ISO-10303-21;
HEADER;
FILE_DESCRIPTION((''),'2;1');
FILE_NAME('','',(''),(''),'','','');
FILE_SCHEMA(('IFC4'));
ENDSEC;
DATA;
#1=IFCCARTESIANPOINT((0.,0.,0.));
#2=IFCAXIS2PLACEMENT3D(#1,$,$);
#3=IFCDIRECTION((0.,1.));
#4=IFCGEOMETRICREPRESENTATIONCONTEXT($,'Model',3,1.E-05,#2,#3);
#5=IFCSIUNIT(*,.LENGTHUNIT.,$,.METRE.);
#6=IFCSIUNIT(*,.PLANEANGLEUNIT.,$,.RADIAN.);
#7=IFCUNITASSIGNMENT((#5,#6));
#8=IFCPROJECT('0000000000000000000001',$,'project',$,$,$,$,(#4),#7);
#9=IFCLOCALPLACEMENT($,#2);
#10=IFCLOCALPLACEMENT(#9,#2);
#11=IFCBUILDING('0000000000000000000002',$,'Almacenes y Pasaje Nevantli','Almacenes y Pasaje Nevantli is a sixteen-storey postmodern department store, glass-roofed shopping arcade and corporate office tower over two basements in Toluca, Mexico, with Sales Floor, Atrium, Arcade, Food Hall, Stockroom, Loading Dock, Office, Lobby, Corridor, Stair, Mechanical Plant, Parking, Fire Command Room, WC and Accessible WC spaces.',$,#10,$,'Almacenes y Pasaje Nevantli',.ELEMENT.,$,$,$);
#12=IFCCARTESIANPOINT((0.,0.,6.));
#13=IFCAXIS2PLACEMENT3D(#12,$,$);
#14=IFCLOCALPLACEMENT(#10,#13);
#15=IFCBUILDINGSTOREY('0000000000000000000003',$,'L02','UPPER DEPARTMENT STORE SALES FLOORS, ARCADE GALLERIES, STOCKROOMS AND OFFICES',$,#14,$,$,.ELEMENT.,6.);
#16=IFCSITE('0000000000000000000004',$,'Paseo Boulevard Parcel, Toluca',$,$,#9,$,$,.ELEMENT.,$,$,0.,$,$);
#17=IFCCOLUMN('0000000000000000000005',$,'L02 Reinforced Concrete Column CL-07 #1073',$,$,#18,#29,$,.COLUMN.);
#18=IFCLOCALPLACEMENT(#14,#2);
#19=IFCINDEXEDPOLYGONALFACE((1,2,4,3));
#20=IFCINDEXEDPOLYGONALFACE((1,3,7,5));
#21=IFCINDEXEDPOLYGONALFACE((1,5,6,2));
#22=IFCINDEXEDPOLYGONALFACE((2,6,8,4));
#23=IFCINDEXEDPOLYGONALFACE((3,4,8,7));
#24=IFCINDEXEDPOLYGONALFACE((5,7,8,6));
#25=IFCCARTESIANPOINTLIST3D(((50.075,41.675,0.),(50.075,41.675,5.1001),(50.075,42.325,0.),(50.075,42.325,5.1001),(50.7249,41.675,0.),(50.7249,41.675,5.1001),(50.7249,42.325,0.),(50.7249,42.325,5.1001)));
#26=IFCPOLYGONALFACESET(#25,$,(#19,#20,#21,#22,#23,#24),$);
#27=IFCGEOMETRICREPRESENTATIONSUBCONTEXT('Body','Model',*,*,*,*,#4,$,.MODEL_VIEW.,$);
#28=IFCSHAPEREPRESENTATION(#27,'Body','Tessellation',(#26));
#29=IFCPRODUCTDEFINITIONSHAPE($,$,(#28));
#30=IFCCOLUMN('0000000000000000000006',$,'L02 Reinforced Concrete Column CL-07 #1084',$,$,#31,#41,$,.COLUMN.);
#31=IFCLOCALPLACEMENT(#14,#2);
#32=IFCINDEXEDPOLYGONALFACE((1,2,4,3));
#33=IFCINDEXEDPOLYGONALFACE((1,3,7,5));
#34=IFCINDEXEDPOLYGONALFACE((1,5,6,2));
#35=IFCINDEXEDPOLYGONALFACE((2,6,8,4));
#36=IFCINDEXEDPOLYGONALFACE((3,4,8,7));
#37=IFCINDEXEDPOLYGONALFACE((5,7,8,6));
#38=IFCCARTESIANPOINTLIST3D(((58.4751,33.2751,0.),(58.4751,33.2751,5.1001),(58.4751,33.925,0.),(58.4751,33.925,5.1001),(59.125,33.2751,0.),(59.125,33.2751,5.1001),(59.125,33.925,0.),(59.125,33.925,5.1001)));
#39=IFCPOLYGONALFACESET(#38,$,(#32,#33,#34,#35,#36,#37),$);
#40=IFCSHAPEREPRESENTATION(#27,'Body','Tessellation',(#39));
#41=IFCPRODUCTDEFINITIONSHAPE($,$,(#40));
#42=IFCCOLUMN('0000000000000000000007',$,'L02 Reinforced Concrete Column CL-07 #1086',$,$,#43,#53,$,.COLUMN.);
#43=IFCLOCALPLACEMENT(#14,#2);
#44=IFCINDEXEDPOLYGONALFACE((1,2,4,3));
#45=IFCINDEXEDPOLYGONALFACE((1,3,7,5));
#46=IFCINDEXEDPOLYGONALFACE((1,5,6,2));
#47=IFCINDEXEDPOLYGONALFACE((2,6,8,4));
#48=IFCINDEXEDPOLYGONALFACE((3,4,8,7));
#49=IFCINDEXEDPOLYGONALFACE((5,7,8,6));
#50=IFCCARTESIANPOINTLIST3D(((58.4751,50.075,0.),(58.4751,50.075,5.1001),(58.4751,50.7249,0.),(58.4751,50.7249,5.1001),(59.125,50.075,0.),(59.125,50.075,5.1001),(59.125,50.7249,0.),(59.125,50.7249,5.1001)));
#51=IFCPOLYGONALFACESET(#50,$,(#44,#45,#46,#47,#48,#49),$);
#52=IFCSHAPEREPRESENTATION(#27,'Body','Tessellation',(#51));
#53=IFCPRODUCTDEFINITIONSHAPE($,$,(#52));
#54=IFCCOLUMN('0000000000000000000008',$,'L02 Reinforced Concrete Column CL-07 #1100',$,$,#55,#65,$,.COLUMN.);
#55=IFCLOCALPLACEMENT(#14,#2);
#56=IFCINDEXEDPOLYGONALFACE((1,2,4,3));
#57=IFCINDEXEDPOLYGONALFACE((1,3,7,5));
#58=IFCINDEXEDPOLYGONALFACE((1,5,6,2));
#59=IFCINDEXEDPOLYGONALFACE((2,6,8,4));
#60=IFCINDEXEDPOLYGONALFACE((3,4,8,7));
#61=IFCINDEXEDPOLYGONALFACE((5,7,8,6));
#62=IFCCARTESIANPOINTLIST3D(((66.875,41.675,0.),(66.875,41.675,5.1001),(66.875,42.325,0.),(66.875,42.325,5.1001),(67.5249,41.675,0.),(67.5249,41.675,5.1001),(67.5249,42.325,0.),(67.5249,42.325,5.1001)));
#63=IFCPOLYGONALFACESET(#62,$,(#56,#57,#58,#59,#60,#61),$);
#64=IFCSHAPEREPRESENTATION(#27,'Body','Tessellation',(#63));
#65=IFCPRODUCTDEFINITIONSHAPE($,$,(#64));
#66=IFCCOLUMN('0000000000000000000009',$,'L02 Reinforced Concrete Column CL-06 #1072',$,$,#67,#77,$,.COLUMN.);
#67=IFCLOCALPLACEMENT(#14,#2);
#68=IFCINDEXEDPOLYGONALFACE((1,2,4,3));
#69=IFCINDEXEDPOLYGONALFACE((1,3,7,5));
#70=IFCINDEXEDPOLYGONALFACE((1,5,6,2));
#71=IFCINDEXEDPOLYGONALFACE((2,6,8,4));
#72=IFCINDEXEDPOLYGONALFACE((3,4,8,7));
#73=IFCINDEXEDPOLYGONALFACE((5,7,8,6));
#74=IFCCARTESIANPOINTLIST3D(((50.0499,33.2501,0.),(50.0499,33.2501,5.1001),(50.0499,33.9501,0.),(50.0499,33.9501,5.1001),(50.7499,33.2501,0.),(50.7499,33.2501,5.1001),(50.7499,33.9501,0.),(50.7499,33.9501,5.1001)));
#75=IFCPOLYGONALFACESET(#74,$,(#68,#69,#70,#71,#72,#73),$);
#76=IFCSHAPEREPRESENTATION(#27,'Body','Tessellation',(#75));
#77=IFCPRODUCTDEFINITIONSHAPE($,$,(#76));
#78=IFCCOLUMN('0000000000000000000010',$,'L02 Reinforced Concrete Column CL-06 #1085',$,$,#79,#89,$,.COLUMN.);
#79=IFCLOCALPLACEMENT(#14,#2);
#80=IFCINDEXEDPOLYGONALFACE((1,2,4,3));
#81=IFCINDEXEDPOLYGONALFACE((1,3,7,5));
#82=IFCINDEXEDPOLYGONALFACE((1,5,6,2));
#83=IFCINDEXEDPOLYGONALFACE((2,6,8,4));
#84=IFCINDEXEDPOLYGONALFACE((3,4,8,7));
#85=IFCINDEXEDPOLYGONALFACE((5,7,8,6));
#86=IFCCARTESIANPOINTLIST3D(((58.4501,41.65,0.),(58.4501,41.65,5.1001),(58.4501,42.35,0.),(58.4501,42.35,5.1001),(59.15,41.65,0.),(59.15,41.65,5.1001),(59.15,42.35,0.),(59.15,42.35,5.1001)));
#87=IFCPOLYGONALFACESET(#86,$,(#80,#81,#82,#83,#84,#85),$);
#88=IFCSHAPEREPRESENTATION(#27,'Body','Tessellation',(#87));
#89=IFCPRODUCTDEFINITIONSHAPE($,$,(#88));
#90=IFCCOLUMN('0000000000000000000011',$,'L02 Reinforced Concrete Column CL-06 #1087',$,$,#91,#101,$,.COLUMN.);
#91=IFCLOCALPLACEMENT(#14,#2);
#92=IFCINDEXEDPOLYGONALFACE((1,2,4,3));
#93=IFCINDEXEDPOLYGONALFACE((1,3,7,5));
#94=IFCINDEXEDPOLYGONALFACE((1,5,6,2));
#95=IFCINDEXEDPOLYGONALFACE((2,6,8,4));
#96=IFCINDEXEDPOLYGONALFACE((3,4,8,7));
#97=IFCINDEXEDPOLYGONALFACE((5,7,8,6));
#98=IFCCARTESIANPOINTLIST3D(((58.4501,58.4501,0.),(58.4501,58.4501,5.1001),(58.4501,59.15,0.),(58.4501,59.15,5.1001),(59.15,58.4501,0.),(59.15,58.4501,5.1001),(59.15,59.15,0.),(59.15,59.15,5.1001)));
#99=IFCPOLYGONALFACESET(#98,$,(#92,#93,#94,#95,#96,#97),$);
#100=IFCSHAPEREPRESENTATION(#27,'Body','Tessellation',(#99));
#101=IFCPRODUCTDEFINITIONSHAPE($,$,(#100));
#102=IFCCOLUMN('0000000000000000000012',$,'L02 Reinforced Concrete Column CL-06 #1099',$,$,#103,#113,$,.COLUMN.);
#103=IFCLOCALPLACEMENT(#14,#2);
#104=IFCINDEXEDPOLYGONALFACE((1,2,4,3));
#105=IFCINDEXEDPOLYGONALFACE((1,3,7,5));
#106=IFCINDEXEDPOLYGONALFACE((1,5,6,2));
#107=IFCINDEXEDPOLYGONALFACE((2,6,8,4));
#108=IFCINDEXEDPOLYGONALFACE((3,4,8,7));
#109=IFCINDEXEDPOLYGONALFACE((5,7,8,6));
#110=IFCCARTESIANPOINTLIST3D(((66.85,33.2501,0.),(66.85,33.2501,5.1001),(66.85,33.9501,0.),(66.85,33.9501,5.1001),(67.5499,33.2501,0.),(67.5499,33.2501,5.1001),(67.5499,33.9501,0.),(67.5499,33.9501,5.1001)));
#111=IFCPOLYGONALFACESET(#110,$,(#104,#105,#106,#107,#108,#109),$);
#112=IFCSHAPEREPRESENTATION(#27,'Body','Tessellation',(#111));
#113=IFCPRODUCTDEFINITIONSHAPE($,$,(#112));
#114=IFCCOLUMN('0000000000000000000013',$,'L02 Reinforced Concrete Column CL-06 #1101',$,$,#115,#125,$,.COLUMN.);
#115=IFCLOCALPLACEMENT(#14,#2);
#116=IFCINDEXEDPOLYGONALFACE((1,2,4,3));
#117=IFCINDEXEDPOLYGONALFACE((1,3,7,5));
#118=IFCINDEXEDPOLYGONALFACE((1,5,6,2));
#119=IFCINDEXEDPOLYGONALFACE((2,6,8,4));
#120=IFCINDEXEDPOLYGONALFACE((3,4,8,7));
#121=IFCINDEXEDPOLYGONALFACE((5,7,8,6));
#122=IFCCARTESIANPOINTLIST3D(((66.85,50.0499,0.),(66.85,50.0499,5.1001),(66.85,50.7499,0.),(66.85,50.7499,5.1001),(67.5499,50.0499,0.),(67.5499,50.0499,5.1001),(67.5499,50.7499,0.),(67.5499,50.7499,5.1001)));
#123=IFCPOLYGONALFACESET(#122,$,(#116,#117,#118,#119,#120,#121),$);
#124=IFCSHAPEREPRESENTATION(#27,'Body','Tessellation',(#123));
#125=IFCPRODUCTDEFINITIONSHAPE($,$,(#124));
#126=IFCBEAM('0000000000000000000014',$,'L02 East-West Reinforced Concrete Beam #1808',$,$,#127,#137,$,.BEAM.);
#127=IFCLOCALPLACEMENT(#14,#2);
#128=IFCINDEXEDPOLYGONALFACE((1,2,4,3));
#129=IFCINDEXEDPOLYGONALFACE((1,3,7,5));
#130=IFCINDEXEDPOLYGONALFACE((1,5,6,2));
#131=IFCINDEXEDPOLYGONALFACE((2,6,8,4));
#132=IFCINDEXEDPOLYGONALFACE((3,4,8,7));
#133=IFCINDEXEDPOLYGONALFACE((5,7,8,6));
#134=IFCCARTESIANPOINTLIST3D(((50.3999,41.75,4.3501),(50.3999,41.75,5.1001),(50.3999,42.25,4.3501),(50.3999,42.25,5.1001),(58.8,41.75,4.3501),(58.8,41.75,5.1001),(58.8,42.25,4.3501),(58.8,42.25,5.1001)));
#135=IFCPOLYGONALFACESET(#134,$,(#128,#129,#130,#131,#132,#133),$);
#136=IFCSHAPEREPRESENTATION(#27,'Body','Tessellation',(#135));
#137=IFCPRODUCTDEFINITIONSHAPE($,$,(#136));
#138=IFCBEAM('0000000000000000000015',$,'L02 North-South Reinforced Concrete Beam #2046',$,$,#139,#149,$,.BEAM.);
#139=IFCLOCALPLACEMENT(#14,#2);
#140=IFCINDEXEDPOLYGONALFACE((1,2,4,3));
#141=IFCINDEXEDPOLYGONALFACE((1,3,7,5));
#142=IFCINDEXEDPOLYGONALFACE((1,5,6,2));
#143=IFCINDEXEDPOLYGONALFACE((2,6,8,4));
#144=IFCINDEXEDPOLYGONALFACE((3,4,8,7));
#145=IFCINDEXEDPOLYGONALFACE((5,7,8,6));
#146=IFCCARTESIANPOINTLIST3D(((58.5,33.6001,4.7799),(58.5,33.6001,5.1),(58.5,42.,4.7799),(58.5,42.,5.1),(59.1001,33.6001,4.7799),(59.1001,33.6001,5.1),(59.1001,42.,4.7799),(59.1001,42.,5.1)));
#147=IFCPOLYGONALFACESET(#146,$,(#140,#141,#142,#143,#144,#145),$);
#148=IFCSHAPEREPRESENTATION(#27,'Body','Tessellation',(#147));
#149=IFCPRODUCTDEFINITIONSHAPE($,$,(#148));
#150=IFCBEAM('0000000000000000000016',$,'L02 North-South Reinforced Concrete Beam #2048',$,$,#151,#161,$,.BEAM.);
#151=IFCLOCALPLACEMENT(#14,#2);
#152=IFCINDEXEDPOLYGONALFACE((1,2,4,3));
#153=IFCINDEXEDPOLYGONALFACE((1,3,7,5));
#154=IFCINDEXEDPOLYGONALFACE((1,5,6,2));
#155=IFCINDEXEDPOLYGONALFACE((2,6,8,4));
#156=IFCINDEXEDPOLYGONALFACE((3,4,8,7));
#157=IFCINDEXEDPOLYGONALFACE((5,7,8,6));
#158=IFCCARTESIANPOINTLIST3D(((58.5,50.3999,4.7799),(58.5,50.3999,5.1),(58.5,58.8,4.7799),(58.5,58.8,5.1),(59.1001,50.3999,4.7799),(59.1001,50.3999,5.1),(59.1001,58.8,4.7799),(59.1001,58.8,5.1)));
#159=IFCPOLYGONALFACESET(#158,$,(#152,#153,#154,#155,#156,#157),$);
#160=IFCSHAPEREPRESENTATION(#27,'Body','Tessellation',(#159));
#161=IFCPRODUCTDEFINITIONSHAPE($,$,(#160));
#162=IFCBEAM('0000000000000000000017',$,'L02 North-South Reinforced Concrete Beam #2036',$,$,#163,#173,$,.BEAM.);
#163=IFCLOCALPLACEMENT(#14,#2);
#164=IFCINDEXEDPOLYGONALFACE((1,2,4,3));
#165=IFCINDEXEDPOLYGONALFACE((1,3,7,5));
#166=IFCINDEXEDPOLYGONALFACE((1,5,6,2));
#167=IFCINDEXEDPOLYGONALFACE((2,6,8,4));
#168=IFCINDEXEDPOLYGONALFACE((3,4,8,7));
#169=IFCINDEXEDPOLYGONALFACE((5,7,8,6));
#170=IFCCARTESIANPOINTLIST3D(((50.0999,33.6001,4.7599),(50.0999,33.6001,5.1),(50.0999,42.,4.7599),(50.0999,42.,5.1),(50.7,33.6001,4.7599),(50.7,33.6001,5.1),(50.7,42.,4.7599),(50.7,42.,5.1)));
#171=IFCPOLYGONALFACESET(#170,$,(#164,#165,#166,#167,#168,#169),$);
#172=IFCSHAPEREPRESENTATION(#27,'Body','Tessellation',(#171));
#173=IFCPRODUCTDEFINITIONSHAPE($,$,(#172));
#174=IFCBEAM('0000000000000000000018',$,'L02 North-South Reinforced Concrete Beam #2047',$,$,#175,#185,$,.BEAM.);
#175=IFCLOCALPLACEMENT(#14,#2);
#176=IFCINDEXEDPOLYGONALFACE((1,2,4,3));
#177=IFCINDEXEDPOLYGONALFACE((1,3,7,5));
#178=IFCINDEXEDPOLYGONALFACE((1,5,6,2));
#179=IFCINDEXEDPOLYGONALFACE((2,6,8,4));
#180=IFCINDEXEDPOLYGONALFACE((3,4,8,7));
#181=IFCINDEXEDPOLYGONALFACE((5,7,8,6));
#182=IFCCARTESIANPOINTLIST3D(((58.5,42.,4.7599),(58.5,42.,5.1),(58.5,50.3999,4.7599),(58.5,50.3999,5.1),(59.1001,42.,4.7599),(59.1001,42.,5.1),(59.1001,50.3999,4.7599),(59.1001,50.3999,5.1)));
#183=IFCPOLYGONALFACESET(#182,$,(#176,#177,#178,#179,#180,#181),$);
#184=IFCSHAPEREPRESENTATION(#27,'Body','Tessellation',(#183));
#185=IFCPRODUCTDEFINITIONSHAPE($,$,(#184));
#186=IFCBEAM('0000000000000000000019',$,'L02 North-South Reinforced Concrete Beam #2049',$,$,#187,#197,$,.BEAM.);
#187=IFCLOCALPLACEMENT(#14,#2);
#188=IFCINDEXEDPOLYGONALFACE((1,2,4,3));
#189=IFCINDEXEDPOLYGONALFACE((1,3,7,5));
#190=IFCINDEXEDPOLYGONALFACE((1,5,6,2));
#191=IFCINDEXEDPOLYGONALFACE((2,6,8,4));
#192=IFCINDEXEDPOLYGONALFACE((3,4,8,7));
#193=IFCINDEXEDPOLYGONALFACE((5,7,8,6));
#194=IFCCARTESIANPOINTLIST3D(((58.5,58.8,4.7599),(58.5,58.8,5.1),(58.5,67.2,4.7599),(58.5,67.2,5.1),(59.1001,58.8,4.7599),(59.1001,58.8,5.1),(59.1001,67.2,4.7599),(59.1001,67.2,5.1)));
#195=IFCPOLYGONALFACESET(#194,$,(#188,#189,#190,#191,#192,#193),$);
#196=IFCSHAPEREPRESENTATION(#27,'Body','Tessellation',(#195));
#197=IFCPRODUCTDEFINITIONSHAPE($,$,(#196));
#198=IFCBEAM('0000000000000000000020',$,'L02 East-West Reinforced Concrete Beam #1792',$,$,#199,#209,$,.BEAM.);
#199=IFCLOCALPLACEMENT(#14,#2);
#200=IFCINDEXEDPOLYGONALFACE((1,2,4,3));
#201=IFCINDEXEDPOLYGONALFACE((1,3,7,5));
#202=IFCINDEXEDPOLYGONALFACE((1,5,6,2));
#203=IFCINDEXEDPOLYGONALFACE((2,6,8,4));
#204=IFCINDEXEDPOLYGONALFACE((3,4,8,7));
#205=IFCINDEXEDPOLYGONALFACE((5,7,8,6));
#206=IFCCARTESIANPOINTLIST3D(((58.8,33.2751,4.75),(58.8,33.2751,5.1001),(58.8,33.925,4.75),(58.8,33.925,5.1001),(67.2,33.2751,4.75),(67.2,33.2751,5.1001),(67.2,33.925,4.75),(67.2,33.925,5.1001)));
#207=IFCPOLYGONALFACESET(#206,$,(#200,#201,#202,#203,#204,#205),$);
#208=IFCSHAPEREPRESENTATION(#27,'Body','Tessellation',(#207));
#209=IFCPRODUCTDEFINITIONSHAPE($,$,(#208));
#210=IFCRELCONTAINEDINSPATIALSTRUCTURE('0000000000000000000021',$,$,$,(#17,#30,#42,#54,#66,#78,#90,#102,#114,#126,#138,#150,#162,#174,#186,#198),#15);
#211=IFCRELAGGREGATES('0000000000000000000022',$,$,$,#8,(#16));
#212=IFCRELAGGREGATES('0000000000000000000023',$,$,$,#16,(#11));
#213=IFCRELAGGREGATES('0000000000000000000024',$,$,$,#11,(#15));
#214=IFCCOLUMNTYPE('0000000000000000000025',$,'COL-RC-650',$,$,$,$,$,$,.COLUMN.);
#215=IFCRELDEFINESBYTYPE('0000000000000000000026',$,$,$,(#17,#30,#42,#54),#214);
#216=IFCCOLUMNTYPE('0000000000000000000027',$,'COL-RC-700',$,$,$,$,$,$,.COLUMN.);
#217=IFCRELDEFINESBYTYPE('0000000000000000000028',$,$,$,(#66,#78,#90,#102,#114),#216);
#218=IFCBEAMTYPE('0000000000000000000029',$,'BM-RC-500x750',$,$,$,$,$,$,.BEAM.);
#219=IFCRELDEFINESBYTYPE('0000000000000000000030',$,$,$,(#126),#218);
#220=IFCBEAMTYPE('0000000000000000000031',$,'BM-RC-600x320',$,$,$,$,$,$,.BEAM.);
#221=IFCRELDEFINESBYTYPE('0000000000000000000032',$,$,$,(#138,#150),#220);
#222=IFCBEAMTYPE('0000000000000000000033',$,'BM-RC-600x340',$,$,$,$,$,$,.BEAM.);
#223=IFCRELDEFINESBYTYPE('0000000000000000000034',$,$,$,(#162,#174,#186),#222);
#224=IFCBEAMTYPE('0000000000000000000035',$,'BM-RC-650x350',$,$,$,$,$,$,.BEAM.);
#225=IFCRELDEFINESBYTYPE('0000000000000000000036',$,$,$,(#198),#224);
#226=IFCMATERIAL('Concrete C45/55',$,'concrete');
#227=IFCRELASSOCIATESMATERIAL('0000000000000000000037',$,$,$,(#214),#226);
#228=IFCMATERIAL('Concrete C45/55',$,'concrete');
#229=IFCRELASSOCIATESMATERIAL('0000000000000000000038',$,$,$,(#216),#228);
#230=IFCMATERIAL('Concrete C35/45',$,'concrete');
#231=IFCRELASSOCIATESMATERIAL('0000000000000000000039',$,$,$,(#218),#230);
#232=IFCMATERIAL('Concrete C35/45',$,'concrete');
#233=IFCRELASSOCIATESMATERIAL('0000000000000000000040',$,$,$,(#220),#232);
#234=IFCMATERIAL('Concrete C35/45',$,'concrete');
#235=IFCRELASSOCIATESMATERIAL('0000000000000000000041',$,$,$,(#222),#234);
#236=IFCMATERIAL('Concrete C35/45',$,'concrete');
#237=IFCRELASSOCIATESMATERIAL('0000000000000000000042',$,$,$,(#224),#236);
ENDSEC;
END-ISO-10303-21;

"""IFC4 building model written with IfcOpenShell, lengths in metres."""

from ifc_helpers import new_model, si_unit, direction, frame, origin, origin_2d, place, context, subcontext, project, spatial, rectangle, extrude, material, material_profile, profile_set, type_object, element, save


model = new_model("IFC4")

# Units and contexts
model_context = context("Model", 3, precision=1e-05, world=origin(), true_north=direction((0.0, 1.0)))
body_context = subcontext(model_context, "Body", "Model", "MODEL_VIEW")
ifc_project = project(units=[si_unit("LENGTHUNIT", "METRE"), si_unit("PLANEANGLEUNIT", "RADIAN")], contexts=[model_context])

# Site, building, storey
site_placement = place(None, origin())
site = spatial("IfcSite", under=ifc_project, at=site_placement, Name="Paseo Boulevard Parcel, Toluca", CompositionType="ELEMENT", RefElevation=0.0)
building_placement = place(site_placement, origin())
building = spatial("IfcBuilding", under=site, at=building_placement, Name="Almacenes y Pasaje Nevantli", Description="Almacenes y Pasaje Nevantli is a sixteen-storey postmodern department store, glass-roofed shopping arcade and corporate office tower over two basements in Toluca, Mexico, with Sales Floor, Atrium, Arcade, Food Hall, Stockroom, Loading Dock, Office, Lobby, Corridor, Stair, Mechanical Plant, Parking, Fire Command Room, WC and Accessible WC spaces.", LongName="Almacenes y Pasaje Nevantli", CompositionType="ELEMENT")
storey_placement = place(building_placement, frame((0.0, 0.0, 6.0)))
storey = spatial("IfcBuildingStorey", under=building, at=storey_placement, Name="L02", Description="UPPER DEPARTMENT STORE SALES FLOORS, ARCADE GALLERIES, STOCKROOMS AND OFFICES", CompositionType="ELEMENT", Elevation=6.0)

# Columns
ifc_material_1 = material(Name="Concrete C45/55", Category="concrete")
ifc_material_profile_1 = material_profile(ifc_material_1, rectangle(XDim=0.6499, YDim=0.6499, at=origin_2d()), Name="RC-COL-650x650")
ifc_profile_set_1 = profile_set([ifc_material_profile_1], Name="Concrete C45/55")
column_type_1 = type_object("IfcColumnType", Name="COL-RC-650", PredefinedType="COLUMN", material=ifc_profile_set_1)
for number, where, z_axis, x_axis, name in (
    (1, (50.3999, 42.0, 0.0), (0.0, 0.0, 1.0), (1.0, 0.0, 0.0), "L02 Reinforced Concrete Column CL-07 #1073"),
    (2, (58.8, 33.6001, 0.0), (0.0, 0.0, 1.0), (1.0, 0.0, 0.0), "L02 Reinforced Concrete Column CL-07 #1084"),
    (3, (58.8, 50.3999, 0.0), (0.0, 0.0, 1.0), (1.0, 0.0, 0.0), "L02 Reinforced Concrete Column CL-07 #1086"),
    (4, (67.2, 42.0, 0.0), (0.0, 0.0, 1.0), (1.0, 0.0, 0.0), "L02 Reinforced Concrete Column CL-07 #1100"),
):
    element("IfcColumn", number, at=place(storey_placement, frame(where, z_axis=z_axis, x_axis=x_axis)), inside=storey, type_object=column_type_1, Name=name, PredefinedType="COLUMN", context=body_context, shape_type="SweptSolid", body=[
        extrude(rectangle(XDim=0.6499, YDim=0.6499, at=origin_2d()), origin(), (0.0, 0.0, 1.0), 5.1001),
    ])
ifc_material_2 = material(Name="Concrete C45/55", Category="concrete")
ifc_material_profile_2 = material_profile(ifc_material_2, rectangle(XDim=0.7, YDim=0.7, at=origin_2d()), Name="RC-COL-700x700")
ifc_profile_set_2 = profile_set([ifc_material_profile_2], Name="Concrete C45/55")
column_type_2 = type_object("IfcColumnType", Name="COL-RC-700", PredefinedType="COLUMN", material=ifc_profile_set_2)
for number, where, z_axis, x_axis, name in (
    (5, (50.3999, 33.6001, 0.0), (0.0, 0.0, 1.0), (1.0, 0.0, 0.0), "L02 Reinforced Concrete Column CL-06 #1072"),
    (6, (58.8, 42.0, 0.0), (0.0, 0.0, 1.0), (1.0, 0.0, 0.0), "L02 Reinforced Concrete Column CL-06 #1085"),
    (7, (58.8, 58.8, 0.0), (0.0, 0.0, 1.0), (1.0, 0.0, 0.0), "L02 Reinforced Concrete Column CL-06 #1087"),
    (8, (67.2, 33.6001, 0.0), (0.0, 0.0, 1.0), (1.0, 0.0, 0.0), "L02 Reinforced Concrete Column CL-06 #1099"),
    (9, (67.2, 50.3999, 0.0), (0.0, 0.0, 1.0), (1.0, 0.0, 0.0), "L02 Reinforced Concrete Column CL-06 #1101"),
):
    element("IfcColumn", number, at=place(storey_placement, frame(where, z_axis=z_axis, x_axis=x_axis)), inside=storey, type_object=column_type_2, Name=name, PredefinedType="COLUMN", context=body_context, shape_type="SweptSolid", body=[
        extrude(rectangle(XDim=0.7, YDim=0.7, at=origin_2d()), origin(), (0.0, 0.0, 1.0), 5.1001),
    ])

# Beams
ifc_material_3 = material(Name="Concrete C35/45", Category="concrete")
ifc_material_profile_3 = material_profile(ifc_material_3, rectangle(XDim=0.5, YDim=0.75, at=origin_2d()), Name="RC-BM-500x750")
ifc_profile_set_3 = profile_set([ifc_material_profile_3], Name="Concrete C35/45")
beam_type_1 = type_object("IfcBeamType", Name="BM-RC-500x750", PredefinedType="BEAM", material=ifc_profile_set_3)
beam_1_placement = place(storey_placement, frame((50.3999, 42.0, 4.7251), z_axis=(1.0, 0.0, 0.0), x_axis=(0.0, 1.0, 0.0)))
element("IfcBeam", 10, at=beam_1_placement, inside=storey, type_object=beam_type_1, Name="L02 East-West Reinforced Concrete Beam #1808", PredefinedType="BEAM", context=body_context, shape_type="SweptSolid", body=[
    extrude(rectangle(XDim=0.5, YDim=0.75, at=origin_2d()), origin(), (0.0, 0.0, 1.0), 8.4001),
])
ifc_material_4 = material(Name="Concrete C35/45", Category="concrete")
ifc_material_profile_4 = material_profile(ifc_material_4, rectangle(XDim=0.6001, YDim=0.3201, at=origin_2d()), Name="RC-BM-600x320")
ifc_profile_set_4 = profile_set([ifc_material_profile_4], Name="Concrete C35/45")
beam_type_2 = type_object("IfcBeamType", Name="BM-RC-600x320", PredefinedType="BEAM", material=ifc_profile_set_4)
beam_2_placement = place(storey_placement, frame((58.8, 33.6001, 4.9399), z_axis=(0.0, 1.0, 0.0), x_axis=(-1.0, 0.0, 0.0)))
element("IfcBeam", 11, at=beam_2_placement, inside=storey, type_object=beam_type_2, Name="L02 North-South Reinforced Concrete Beam #2046", PredefinedType="BEAM", context=body_context, shape_type="SweptSolid", body=[
    extrude(rectangle(XDim=0.6001, YDim=0.3201, at=origin_2d()), origin(), (0.0, 0.0, 1.0), 8.3999),
])
beam_3_placement = place(storey_placement, frame((58.8, 50.3999, 4.9399), z_axis=(0.0, 1.0, 0.0), x_axis=(-1.0, 0.0, 0.0)))
element("IfcBeam", 12, at=beam_3_placement, inside=storey, type_object=beam_type_2, Name="L02 North-South Reinforced Concrete Beam #2048", PredefinedType="BEAM", context=body_context, shape_type="SweptSolid", body=[
    extrude(rectangle(XDim=0.6001, YDim=0.3201, at=origin_2d()), origin(), (0.0, 0.0, 1.0), 8.4001),
])
ifc_material_5 = material(Name="Concrete C35/45", Category="concrete")
ifc_material_profile_5 = material_profile(ifc_material_5, rectangle(XDim=0.6001, YDim=0.3401, at=origin_2d()), Name="RC-BM-600x340")
ifc_profile_set_5 = profile_set([ifc_material_profile_5], Name="Concrete C35/45")
beam_type_3 = type_object("IfcBeamType", Name="BM-RC-600x340", PredefinedType="BEAM", material=ifc_profile_set_5)
for number, where, z_axis, x_axis, name in (
    (13, (50.3999, 33.6001, 4.9299), (0.0, 1.0, 0.0), (-1.0, 0.0, 0.0), "L02 North-South Reinforced Concrete Beam #2036"),
    (14, (58.8, 42.0, 4.9299), (0.0, 1.0, 0.0), (-1.0, 0.0, 0.0), "L02 North-South Reinforced Concrete Beam #2047"),
    (15, (58.8, 58.8, 4.9299), (0.0, 1.0, 0.0), (-1.0, 0.0, 0.0), "L02 North-South Reinforced Concrete Beam #2049"),
):
    element("IfcBeam", number, at=place(storey_placement, frame(where, z_axis=z_axis, x_axis=x_axis)), inside=storey, type_object=beam_type_3, Name=name, PredefinedType="BEAM", context=body_context, shape_type="SweptSolid", body=[
        extrude(rectangle(XDim=0.6001, YDim=0.3401, at=origin_2d()), origin(), (0.0, 0.0, 1.0), 8.3999),
    ])
ifc_material_6 = material(Name="Concrete C35/45", Category="concrete")
ifc_material_profile_6 = material_profile(ifc_material_6, rectangle(XDim=0.6499, YDim=0.3501, at=origin_2d()), Name="RC-BM-650x350")
ifc_profile_set_6 = profile_set([ifc_material_profile_6], Name="Concrete C35/45")
beam_type_4 = type_object("IfcBeamType", Name="BM-RC-650x350", PredefinedType="BEAM", material=ifc_profile_set_6)
for number, where, z_axis, x_axis, name in (
    (16, (58.8, 33.6001, 4.925), (1.0, 0.0, 0.0), (0.0, 1.0, 0.0), "L02 East-West Reinforced Concrete Beam #1792"),
):
    element("IfcBeam", number, at=place(storey_placement, frame(where, z_axis=z_axis, x_axis=x_axis)), inside=storey, type_object=beam_type_4, Name=name, PredefinedType="BEAM", context=body_context, shape_type="SweptSolid", body=[
        extrude(rectangle(XDim=0.6499, YDim=0.3501, at=origin_2d()), origin(), (0.0, 0.0, 1.0), 8.3999),
    ])

save(model, "model.ifc")
